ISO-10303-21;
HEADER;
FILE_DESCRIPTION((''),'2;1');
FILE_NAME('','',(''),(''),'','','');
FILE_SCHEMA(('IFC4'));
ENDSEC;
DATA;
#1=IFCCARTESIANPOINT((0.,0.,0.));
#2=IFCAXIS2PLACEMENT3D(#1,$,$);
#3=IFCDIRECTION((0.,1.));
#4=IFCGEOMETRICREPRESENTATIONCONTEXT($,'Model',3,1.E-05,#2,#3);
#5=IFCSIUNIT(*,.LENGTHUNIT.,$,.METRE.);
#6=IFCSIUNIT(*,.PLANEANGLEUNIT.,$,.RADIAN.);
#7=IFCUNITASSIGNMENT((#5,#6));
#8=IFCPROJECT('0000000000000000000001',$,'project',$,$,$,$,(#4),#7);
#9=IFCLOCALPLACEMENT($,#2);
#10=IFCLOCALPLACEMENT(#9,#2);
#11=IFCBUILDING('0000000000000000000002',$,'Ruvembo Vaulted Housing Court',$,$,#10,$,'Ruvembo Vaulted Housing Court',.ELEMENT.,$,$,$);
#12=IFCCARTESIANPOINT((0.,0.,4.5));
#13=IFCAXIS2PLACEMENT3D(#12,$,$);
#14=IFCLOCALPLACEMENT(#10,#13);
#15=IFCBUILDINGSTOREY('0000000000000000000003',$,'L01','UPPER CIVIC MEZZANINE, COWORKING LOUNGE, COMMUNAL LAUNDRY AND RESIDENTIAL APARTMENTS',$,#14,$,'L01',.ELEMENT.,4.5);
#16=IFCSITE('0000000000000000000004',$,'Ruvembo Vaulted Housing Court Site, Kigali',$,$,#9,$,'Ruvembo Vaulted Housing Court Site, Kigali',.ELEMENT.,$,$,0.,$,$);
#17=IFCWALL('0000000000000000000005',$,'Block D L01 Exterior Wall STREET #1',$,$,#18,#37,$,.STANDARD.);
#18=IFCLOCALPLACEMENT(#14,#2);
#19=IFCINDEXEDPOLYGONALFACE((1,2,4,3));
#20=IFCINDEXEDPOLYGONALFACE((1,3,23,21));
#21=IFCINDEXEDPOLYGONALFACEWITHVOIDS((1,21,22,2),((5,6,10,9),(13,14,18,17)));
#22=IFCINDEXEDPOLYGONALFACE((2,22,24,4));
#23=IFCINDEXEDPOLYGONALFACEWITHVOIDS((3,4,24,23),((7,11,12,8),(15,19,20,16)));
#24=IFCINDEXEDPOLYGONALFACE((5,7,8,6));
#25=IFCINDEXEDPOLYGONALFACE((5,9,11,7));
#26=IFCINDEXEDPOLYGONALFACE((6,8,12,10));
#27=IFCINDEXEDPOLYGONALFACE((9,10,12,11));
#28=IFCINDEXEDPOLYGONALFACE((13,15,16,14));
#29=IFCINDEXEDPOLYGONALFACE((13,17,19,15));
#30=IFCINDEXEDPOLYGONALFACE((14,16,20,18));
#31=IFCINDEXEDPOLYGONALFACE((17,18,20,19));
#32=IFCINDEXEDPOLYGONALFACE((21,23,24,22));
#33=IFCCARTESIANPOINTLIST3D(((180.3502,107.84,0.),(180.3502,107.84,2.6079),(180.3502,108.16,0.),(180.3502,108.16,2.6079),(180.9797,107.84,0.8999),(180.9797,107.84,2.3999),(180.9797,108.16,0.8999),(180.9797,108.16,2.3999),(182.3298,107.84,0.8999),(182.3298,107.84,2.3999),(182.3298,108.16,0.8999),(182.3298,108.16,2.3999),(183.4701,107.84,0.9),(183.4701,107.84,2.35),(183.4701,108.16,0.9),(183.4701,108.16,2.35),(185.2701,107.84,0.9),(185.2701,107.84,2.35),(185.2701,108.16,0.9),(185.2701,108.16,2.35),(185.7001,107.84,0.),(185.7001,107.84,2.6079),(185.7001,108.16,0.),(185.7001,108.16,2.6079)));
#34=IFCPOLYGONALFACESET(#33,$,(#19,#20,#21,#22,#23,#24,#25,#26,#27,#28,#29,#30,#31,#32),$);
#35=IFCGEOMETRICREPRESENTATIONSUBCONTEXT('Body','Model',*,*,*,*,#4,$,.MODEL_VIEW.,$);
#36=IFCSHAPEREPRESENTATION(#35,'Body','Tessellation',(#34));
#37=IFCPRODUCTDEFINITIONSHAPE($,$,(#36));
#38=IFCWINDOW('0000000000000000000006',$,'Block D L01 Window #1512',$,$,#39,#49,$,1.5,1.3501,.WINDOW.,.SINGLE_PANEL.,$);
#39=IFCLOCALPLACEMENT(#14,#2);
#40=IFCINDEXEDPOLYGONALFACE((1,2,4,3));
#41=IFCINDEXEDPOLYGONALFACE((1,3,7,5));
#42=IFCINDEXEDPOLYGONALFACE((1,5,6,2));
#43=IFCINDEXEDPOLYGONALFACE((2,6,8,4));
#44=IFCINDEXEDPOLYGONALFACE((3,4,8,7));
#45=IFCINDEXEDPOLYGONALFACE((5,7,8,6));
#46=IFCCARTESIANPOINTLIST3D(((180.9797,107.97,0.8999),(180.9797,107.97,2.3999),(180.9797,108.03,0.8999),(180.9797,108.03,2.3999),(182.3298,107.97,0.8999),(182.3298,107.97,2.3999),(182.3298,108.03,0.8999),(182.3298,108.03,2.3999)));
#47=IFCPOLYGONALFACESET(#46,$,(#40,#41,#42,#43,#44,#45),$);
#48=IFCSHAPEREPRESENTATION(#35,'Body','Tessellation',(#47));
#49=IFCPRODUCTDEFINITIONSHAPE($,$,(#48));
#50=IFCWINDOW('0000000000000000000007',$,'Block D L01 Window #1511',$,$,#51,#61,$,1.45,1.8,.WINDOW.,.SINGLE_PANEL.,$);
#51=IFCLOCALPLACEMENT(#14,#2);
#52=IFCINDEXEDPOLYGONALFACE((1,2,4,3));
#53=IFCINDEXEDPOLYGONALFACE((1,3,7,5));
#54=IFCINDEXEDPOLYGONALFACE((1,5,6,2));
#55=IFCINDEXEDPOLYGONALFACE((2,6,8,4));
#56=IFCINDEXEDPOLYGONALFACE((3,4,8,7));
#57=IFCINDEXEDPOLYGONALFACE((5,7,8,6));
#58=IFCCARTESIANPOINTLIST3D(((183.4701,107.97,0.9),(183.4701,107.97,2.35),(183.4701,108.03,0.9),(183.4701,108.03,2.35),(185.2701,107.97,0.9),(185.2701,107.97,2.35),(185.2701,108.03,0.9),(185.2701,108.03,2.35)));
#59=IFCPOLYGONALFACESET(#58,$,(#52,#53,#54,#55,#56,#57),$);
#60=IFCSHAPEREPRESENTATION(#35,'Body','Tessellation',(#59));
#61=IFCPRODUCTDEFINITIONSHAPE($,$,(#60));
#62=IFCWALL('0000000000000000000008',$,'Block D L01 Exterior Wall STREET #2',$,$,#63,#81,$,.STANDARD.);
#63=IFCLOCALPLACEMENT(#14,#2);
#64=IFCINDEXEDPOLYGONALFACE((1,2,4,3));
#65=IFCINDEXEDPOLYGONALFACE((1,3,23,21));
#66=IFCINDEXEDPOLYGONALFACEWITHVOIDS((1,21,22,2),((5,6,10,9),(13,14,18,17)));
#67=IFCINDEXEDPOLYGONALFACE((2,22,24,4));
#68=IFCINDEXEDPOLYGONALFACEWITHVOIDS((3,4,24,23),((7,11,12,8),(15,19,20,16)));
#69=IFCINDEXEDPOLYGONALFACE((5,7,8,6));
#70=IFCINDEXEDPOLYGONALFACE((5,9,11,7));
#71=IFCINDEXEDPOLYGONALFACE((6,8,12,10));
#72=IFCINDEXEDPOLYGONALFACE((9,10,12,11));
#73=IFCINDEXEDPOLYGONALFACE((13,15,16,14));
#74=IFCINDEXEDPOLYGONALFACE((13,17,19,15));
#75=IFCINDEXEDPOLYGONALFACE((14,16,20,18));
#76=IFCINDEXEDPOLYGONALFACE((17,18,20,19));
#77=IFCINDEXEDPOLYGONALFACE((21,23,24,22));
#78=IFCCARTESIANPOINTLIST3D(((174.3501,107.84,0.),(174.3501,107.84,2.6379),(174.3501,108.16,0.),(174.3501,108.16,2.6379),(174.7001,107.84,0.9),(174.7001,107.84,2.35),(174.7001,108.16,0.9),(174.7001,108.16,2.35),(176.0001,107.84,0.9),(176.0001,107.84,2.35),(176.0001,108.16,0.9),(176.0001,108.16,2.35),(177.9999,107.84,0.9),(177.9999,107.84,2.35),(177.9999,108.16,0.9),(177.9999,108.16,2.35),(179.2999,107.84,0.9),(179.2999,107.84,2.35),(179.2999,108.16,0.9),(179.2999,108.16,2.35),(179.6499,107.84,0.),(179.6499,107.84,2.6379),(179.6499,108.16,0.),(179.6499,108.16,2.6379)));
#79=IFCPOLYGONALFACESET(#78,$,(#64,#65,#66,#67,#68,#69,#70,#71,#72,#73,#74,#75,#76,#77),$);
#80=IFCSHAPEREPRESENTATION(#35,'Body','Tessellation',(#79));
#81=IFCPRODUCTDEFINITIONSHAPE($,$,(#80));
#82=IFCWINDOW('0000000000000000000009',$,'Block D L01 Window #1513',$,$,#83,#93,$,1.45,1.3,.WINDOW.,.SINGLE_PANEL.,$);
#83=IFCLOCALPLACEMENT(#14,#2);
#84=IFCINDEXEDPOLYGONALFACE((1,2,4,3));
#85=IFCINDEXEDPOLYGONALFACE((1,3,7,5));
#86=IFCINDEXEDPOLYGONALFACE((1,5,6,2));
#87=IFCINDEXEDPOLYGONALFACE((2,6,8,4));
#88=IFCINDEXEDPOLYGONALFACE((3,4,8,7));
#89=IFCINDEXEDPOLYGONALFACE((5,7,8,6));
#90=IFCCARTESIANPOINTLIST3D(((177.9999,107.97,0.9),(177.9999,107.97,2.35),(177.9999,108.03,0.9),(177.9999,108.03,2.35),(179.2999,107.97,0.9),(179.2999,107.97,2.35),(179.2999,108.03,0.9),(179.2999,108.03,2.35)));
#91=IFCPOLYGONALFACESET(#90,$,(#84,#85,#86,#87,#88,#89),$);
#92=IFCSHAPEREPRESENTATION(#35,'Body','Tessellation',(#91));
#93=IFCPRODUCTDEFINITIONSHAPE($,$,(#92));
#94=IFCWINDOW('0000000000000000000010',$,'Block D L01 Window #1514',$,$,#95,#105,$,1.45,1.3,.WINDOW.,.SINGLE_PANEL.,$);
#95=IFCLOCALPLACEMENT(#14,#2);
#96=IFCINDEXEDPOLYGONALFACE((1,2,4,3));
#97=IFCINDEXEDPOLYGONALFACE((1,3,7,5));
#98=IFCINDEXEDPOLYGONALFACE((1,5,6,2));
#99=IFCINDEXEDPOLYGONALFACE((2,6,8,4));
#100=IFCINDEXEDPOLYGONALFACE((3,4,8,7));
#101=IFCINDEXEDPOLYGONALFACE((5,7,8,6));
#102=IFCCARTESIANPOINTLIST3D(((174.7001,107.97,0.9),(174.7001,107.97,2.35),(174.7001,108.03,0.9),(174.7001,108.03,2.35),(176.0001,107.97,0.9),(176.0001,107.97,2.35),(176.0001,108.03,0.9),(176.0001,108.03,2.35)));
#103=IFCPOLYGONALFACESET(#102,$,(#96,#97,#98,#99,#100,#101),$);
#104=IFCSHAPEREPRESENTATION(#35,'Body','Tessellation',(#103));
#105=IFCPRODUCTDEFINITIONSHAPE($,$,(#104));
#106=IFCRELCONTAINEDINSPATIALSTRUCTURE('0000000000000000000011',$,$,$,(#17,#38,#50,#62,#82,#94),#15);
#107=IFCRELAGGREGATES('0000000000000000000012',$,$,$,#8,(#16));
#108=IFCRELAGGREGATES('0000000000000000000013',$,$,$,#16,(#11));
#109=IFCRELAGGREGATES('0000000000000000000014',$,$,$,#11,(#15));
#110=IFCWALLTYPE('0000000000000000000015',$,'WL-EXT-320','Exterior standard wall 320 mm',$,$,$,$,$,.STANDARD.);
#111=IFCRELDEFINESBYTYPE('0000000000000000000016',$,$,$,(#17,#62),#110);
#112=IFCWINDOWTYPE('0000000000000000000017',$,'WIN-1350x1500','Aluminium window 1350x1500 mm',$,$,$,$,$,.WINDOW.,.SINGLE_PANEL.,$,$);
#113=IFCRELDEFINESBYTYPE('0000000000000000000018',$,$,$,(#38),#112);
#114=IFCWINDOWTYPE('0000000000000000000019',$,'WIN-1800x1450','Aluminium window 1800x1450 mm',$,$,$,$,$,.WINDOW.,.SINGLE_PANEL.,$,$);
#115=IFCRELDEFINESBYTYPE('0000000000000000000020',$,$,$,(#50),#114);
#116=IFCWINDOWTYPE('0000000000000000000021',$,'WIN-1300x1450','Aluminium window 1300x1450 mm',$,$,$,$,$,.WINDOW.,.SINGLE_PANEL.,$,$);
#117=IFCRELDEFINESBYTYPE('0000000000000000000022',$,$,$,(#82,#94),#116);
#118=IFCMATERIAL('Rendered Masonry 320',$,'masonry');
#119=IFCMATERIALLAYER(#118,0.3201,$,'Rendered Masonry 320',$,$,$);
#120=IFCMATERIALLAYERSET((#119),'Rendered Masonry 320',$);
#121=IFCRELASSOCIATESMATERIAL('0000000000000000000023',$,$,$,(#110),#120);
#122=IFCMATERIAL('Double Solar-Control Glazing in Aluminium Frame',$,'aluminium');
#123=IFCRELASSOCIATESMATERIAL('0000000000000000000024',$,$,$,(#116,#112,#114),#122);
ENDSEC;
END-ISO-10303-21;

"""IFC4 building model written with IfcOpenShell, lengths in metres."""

from ifc_helpers import new_model, si_unit, direction, frame, frame_2d, origin, place, context, subcontext, project, spatial, rectangle, extrude, material, layer, layer_set, type_object, element, fill, save


model = new_model("IFC4")

# Units and contexts
model_context = context("Model", 3, precision=1e-05, world=origin(), true_north=direction((0.0, 1.0)))
body_context = subcontext(model_context, "Body", "Model", "MODEL_VIEW")
ifc_project = project(units=[si_unit("LENGTHUNIT", "METRE"), si_unit("PLANEANGLEUNIT", "RADIAN")], contexts=[model_context])

# Site, building, storey
site_placement = place(None, origin())
site = spatial("IfcSite", under=ifc_project, at=site_placement, Name="Ruvembo Vaulted Housing Court Site, Kigali", LongName="Ruvembo Vaulted Housing Court Site, Kigali", CompositionType="ELEMENT", RefElevation=0.0)
building_placement = place(site_placement, origin())
building = spatial("IfcBuilding", under=site, at=building_placement, Name="Ruvembo Vaulted Housing Court", LongName="Ruvembo Vaulted Housing Court", CompositionType="ELEMENT")
storey_placement = place(building_placement, frame((0.0, 0.0, 4.5)))
storey = spatial("IfcBuildingStorey", under=building, at=storey_placement, Name="L01", Description="UPPER CIVIC MEZZANINE, COWORKING LOUNGE, COMMUNAL LAUNDRY AND RESIDENTIAL APARTMENTS", LongName="L01", CompositionType="ELEMENT", Elevation=4.5)

# Walls, openings, windows
ifc_material_1 = material(Name="Rendered Masonry 320", Category="masonry")
ifc_layer = layer(ifc_material_1, 0.3201, Name="Rendered Masonry 320")
ifc_layer_set = layer_set([ifc_layer], Name="Rendered Masonry 320")
wall_type = type_object("IfcWallType", Name="WL-EXT-320", Description="Exterior standard wall 320 mm", PredefinedType="STANDARD", material=ifc_layer_set)
ifc_material_2 = material(Name="Double Solar-Control Glazing in Aluminium Frame", Category="aluminium")
window_type_1 = type_object("IfcWindowType", Name="WIN-1300x1450", Description="Aluminium window 1300x1450 mm", PartitioningType="SINGLE_PANEL", PredefinedType="WINDOW", material=ifc_material_2)
wall_1_placement = place(storey_placement, frame((185.7, 108.0, 0.0), z_axis=(0.0, 0.0, 1.0), x_axis=(-1.0, 0.0, 0.0)))
wall_1 = element("IfcWall", 1, at=wall_1_placement, inside=storey, type_object=wall_type, Name="Block D L01 Exterior Wall STREET #1", PredefinedType="STANDARD", context=body_context, shape_type="SweptSolid", body=[
    extrude(rectangle(XDim=5.3499, YDim=0.3201, at=frame_2d((2.6748, 0.0))), origin(), (0.0, 0.0, 1.0), 2.6079),
])
opening_1_placement = place(wall_1_placement, frame((0.4299, 0.0, 0.8999)))
opening_1 = element("IfcOpeningElement", 2, at=opening_1_placement, cuts=wall_1, PredefinedType="OPENING", context=body_context, shape_type="SweptSolid", body=[
    extrude(rectangle(XDim=1.8, YDim=1.45, at=frame_2d((0.8999, 0.7251))), frame((0.0, 0.1699, 0.0), z_axis=(0.0, -1.0, 0.0), x_axis=(1.0, 0.0, 0.0)), (0.0, 0.0, 1.0), 0.3401),
])
opening_2_placement = place(wall_1_placement, frame((3.3701, 0.0, 0.8999)))
opening_2 = element("IfcOpeningElement", 3, at=opening_2_placement, cuts=wall_1, PredefinedType="OPENING", context=body_context, shape_type="SweptSolid", body=[
    extrude(rectangle(XDim=1.3501, YDim=1.5, at=frame_2d((0.675, 0.75))), frame((0.0, 0.1699, 0.0), z_axis=(0.0, -1.0, 0.0), x_axis=(1.0, 0.0, 0.0)), (0.0, 0.0, 1.0), 0.3401),
])
window_type_2 = type_object("IfcWindowType", Name="WIN-1350x1500", Description="Aluminium window 1350x1500 mm", PartitioningType="SINGLE_PANEL", PredefinedType="WINDOW", material=ifc_material_2)
window_1_placement = place(opening_2_placement, origin())
window_1 = element("IfcWindow", 4, at=window_1_placement, inside=storey, type_object=window_type_2, Name="Block D L01 Window #1512", OverallHeight=1.5, OverallWidth=1.3501, PartitioningType="SINGLE_PANEL", PredefinedType="WINDOW", context=body_context, shape_type="SweptSolid", body=[
    extrude(rectangle(XDim=1.3501, YDim=1.5, at=frame_2d((0.675, 0.75))), frame((0.0, 0.03, 0.0), z_axis=(0.0, -1.0, 0.0), x_axis=(1.0, 0.0, 0.0)), (0.0, 0.0, 1.0), 0.0601),
])
fill(opening_2, window_1)
window_type_3 = type_object("IfcWindowType", Name="WIN-1800x1450", Description="Aluminium window 1800x1450 mm", PartitioningType="SINGLE_PANEL", PredefinedType="WINDOW", material=ifc_material_2)
window_2_placement = place(opening_1_placement, origin())
window_2 = element("IfcWindow", 5, at=window_2_placement, inside=storey, type_object=window_type_3, Name="Block D L01 Window #1511", OverallHeight=1.45, OverallWidth=1.8, PartitioningType="SINGLE_PANEL", PredefinedType="WINDOW", context=body_context, shape_type="SweptSolid", body=[
    extrude(rectangle(XDim=1.8, YDim=1.45, at=frame_2d((0.8999, 0.7251))), frame((0.0, 0.03, 0.0), z_axis=(0.0, -1.0, 0.0), x_axis=(1.0, 0.0, 0.0)), (0.0, 0.0, 1.0), 0.0601),
])
fill(opening_1, window_2)
wall_2_placement = place(storey_placement, frame((179.6499, 108.0, 0.0), z_axis=(0.0, 0.0, 1.0), x_axis=(-1.0, 0.0, 0.0)))
wall_2 = element("IfcWall", 6, at=wall_2_placement, inside=storey, type_object=wall_type, Name="Block D L01 Exterior Wall STREET #2", PredefinedType="STANDARD", context=body_context, shape_type="SweptSolid", body=[
    extrude(rectangle(XDim=5.2998, YDim=0.3201, at=frame_2d((2.6499, 0.0))), origin(), (0.0, 0.0, 1.0), 2.6379),
])
opening_3_placement = place(wall_2_placement, frame((0.3501, 0.0, 0.8999)))
opening_3 = element("IfcOpeningElement", 7, at=opening_3_placement, cuts=wall_2, PredefinedType="OPENING", context=body_context, shape_type="SweptSolid", body=[
    extrude(rectangle(XDim=1.3, YDim=1.45, at=frame_2d((0.6499, 0.7251))), frame((0.0, 0.1699, 0.0), z_axis=(0.0, -1.0, 0.0), x_axis=(1.0, 0.0, 0.0)), (0.0, 0.0, 1.0), 0.3401),
])
opening_4_placement = place(wall_2_placement, frame((3.6499, 0.0, 0.8999)))
opening_4 = element("IfcOpeningElement", 8, at=opening_4_placement, cuts=wall_2, PredefinedType="OPENING", context=body_context, shape_type="SweptSolid", body=[
    extrude(rectangle(XDim=1.3, YDim=1.45, at=frame_2d((0.6499, 0.7251))), frame((0.0, 0.1699, 0.0), z_axis=(0.0, -1.0, 0.0), x_axis=(1.0, 0.0, 0.0)), (0.0, 0.0, 1.0), 0.3401),
])
window_3_placement = place(opening_3_placement, origin())
window_3 = element("IfcWindow", 9, at=window_3_placement, inside=storey, type_object=window_type_1, Name="Block D L01 Window #1513", OverallHeight=1.45, OverallWidth=1.3, PartitioningType="SINGLE_PANEL", PredefinedType="WINDOW", context=body_context, shape_type="SweptSolid", body=[
    extrude(rectangle(XDim=1.3, YDim=1.45, at=frame_2d((0.6499, 0.7251))), frame((0.0, 0.03, 0.0), z_axis=(0.0, -1.0, 0.0), x_axis=(1.0, 0.0, 0.0)), (0.0, 0.0, 1.0), 0.0601),
])
fill(opening_3, window_3)
window_4_placement = place(opening_4_placement, origin())
window_4 = element("IfcWindow", 10, at=window_4_placement, inside=storey, type_object=window_type_1, Name="Block D L01 Window #1514", OverallHeight=1.45, OverallWidth=1.3, PartitioningType="SINGLE_PANEL", PredefinedType="WINDOW", context=body_context, shape_type="SweptSolid", body=[
    extrude(rectangle(XDim=1.3, YDim=1.45, at=frame_2d((0.6499, 0.7251))), frame((0.0, 0.03, 0.0), z_axis=(0.0, -1.0, 0.0), x_axis=(1.0, 0.0, 0.0)), (0.0, 0.0, 1.0), 0.0601),
])
fill(opening_4, window_4)

save(model, "model.ifc")
